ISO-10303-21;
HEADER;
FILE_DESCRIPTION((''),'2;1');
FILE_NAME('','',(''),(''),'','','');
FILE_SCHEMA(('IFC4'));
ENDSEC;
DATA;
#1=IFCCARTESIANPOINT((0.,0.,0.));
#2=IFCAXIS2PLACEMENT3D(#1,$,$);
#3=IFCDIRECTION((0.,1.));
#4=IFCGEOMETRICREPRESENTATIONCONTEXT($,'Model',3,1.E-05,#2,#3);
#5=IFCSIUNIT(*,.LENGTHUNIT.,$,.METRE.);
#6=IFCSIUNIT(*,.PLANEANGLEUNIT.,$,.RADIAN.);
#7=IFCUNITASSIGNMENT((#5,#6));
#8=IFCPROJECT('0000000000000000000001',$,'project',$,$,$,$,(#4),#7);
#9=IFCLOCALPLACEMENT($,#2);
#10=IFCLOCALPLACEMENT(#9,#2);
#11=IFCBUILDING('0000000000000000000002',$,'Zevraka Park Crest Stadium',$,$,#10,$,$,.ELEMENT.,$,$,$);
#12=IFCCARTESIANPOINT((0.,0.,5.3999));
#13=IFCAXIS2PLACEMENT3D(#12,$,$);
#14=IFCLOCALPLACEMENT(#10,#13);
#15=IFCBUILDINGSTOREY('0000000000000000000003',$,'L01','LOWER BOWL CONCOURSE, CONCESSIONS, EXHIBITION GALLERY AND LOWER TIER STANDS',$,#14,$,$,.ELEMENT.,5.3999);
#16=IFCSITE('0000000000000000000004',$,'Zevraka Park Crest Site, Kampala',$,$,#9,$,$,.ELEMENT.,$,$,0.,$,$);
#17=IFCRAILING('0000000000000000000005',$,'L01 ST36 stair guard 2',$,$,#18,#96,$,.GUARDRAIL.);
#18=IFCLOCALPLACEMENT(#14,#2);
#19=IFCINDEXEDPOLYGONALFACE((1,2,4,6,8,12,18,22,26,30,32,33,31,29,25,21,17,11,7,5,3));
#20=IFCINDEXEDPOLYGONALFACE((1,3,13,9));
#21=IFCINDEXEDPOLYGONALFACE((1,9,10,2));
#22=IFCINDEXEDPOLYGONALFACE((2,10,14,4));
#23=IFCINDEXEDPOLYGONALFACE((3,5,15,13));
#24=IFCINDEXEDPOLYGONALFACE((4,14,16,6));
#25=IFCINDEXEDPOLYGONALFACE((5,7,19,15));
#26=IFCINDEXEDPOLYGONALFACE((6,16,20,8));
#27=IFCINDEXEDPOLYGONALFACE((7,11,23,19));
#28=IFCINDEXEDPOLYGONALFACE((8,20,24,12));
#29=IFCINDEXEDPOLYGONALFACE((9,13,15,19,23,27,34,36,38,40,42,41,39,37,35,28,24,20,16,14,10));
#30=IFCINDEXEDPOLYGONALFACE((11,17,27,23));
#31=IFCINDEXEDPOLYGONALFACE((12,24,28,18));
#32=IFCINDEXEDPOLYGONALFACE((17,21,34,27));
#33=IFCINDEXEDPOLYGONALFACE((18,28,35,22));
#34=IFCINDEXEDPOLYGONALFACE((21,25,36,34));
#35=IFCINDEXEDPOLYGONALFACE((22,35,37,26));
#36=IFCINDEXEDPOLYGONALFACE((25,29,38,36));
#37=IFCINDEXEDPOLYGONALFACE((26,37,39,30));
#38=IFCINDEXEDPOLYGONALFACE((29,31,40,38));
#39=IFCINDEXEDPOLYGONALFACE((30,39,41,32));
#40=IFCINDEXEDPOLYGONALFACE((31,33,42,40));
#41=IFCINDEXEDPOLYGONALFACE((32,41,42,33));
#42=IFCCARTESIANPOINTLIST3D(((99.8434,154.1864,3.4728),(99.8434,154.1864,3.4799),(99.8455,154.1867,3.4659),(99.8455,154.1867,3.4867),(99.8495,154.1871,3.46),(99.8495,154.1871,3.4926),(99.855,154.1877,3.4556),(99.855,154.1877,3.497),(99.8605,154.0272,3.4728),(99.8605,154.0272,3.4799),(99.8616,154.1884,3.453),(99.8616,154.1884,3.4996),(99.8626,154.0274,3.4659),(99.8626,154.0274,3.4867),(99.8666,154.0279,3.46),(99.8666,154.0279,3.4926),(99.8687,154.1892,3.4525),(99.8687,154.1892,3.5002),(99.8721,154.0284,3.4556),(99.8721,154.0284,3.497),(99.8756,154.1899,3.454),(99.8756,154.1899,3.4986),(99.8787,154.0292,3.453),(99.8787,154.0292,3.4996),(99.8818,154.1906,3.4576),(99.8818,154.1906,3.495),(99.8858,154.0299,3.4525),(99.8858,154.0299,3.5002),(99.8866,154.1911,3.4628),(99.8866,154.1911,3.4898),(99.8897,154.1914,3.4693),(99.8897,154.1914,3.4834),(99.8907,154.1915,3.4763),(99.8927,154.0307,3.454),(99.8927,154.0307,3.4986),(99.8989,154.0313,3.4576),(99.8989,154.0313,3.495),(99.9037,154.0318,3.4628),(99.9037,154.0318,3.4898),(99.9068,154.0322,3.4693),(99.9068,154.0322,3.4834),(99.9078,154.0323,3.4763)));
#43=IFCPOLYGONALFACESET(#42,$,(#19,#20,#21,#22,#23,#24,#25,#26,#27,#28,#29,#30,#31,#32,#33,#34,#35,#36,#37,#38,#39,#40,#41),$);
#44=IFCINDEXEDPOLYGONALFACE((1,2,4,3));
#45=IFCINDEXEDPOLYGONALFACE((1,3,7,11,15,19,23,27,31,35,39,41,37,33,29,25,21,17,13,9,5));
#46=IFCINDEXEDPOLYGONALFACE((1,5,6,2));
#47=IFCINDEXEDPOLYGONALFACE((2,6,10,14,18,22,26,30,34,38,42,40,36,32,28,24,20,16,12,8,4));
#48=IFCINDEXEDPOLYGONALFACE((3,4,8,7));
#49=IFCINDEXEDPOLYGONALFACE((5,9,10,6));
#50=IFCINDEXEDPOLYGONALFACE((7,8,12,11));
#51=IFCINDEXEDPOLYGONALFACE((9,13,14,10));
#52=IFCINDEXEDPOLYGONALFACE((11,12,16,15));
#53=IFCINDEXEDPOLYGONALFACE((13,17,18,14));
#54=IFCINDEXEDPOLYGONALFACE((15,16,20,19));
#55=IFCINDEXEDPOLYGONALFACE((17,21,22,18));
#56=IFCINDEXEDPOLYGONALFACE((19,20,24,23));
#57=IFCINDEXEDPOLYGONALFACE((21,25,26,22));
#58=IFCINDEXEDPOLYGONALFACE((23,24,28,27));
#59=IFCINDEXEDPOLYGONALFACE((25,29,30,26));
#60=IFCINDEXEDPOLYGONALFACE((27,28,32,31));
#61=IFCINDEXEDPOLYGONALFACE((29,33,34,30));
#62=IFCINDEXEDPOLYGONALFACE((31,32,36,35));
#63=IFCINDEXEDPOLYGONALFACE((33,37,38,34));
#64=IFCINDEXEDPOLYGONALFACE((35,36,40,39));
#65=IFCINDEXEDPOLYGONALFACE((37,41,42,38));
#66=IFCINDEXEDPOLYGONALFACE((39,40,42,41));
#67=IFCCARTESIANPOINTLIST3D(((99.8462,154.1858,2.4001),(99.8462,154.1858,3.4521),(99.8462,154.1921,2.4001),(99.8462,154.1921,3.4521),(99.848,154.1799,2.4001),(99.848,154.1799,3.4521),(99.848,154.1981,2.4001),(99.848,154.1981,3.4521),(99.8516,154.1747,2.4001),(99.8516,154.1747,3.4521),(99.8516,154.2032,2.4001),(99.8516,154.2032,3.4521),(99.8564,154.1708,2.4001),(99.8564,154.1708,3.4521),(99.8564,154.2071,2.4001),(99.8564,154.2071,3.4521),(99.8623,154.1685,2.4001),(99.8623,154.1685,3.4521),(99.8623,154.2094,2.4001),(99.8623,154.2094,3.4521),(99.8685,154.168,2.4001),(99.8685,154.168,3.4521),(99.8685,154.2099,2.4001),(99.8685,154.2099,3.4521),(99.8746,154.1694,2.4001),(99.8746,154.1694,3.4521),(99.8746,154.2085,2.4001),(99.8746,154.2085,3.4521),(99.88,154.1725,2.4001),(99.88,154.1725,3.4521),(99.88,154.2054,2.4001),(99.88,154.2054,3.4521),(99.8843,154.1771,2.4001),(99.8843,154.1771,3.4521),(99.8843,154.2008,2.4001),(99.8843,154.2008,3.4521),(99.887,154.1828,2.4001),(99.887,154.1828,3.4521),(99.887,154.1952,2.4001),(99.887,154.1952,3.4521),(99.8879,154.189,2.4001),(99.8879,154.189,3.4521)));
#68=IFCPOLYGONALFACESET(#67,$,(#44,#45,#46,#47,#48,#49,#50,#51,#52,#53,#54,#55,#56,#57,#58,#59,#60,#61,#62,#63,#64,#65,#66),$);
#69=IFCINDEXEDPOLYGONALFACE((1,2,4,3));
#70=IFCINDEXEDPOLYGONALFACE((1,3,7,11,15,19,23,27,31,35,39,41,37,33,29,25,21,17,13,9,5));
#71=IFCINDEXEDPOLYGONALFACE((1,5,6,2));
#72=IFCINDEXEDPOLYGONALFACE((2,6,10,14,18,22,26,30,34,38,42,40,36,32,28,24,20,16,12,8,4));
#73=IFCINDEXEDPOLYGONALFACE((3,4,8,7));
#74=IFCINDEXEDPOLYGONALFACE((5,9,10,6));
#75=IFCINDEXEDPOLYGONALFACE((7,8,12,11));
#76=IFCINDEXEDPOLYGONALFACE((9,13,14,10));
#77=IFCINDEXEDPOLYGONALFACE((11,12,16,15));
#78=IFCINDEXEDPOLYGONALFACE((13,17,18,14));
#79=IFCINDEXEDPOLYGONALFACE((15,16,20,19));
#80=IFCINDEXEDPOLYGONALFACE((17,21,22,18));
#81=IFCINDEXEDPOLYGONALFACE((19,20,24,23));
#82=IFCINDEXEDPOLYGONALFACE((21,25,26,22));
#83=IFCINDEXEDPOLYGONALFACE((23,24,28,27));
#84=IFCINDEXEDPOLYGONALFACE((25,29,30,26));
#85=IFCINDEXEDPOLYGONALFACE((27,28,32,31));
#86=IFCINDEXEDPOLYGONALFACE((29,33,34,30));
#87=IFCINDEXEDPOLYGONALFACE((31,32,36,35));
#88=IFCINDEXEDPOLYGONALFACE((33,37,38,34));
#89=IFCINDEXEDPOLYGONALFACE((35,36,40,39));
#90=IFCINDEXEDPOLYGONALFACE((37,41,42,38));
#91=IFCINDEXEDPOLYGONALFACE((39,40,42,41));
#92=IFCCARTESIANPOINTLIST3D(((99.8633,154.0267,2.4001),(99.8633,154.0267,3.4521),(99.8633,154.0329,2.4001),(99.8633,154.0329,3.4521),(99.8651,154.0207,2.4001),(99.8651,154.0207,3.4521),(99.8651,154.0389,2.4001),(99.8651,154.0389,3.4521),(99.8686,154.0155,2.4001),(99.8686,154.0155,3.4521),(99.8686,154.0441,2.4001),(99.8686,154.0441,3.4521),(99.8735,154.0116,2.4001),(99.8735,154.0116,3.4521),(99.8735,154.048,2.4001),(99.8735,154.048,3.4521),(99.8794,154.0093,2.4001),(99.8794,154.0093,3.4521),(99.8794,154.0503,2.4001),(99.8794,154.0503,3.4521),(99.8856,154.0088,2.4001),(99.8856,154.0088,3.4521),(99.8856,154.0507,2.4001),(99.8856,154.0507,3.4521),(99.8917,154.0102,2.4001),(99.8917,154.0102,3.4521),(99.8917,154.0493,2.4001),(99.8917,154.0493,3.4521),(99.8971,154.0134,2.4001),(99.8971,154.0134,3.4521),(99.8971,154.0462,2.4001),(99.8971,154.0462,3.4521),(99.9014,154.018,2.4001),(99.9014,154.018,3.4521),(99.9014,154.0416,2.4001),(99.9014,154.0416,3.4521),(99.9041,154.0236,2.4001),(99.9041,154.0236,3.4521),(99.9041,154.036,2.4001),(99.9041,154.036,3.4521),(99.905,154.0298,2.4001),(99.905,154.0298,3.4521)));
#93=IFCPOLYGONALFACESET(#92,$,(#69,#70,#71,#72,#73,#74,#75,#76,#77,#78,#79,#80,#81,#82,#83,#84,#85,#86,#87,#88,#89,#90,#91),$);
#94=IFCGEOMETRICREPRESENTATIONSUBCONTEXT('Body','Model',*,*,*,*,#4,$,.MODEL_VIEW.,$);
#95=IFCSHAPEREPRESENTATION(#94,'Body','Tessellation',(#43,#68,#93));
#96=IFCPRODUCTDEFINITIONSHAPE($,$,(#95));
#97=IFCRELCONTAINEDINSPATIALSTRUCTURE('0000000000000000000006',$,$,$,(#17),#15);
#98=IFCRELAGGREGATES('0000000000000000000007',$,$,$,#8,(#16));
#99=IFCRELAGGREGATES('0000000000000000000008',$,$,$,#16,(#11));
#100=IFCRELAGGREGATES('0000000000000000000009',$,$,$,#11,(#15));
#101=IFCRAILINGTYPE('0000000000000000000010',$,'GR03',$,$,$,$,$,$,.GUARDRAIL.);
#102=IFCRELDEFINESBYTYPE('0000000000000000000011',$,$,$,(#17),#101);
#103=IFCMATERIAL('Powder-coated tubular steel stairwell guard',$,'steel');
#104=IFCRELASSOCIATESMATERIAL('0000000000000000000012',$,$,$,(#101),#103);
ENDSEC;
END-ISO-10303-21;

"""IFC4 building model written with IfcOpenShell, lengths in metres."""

from ifc_helpers import new_model, si_unit, direction, frame, origin, origin_2d, place, context, subcontext, project, spatial, circle, extrude, material, type_object, element, save


model = new_model("IFC4")

# Units and contexts
model_context = context("Model", 3, precision=1e-05, world=origin(), true_north=direction((0.0, 1.0)))
body_context = subcontext(model_context, "Body", "Model", "MODEL_VIEW")
ifc_project = project(units=[si_unit("LENGTHUNIT", "METRE"), si_unit("PLANEANGLEUNIT", "RADIAN")], contexts=[model_context])

# Site, building, storey
site_placement = place(None, origin())
site = spatial("IfcSite", under=ifc_project, at=site_placement, Name="Zevraka Park Crest Site, Kampala", CompositionType="ELEMENT", RefElevation=0.0)
building_placement = place(site_placement, origin())
building = spatial("IfcBuilding", under=site, at=building_placement, Name="Zevraka Park Crest Stadium", CompositionType="ELEMENT")
storey_placement = place(building_placement, frame((0.0, 0.0, 5.3999)))
storey = spatial("IfcBuildingStorey", under=building, at=storey_placement, Name="L01", Description="LOWER BOWL CONCOURSE, CONCESSIONS, EXHIBITION GALLERY AND LOWER TIER STANDS", CompositionType="ELEMENT", Elevation=5.3999)

# Railing
ifc_material_1 = material(Name="Powder-coated tubular steel stairwell guard", Category="steel")
railing_type_1 = type_object("IfcRailingType", Name="GR03", PredefinedType="GUARDRAIL", material=ifc_material_1)
railing_1_placement = place(storey_placement, frame((99.8669, 154.189, 2.4001)))
element("IfcRailing", 1, at=railing_1_placement, inside=storey, type_object=railing_type_1, Name="L01 ST36 stair guard 2", PredefinedType="GUARDRAIL", context=body_context, shape_type="SweptSolid", body=[
    extrude(circle(Radius=0.0239, at=origin_2d()), frame((0.0, 0.0, 1.0762), z_axis=(0.106749, -0.994286, 0.0), x_axis=(0.994286, 0.106749, 0.0)), (0.0, 0.0, 1.0), 0.1602),
    extrude(circle(Radius=0.021, at=origin_2d()), origin(), (0.0, 0.0, 1.0), 1.052),
    extrude(circle(Radius=0.021, at=origin_2d()), frame((0.0171, -0.1592, 0.0)), (0.0, 0.0, 1.0), 1.052),
])

save(model, "model.ifc")
